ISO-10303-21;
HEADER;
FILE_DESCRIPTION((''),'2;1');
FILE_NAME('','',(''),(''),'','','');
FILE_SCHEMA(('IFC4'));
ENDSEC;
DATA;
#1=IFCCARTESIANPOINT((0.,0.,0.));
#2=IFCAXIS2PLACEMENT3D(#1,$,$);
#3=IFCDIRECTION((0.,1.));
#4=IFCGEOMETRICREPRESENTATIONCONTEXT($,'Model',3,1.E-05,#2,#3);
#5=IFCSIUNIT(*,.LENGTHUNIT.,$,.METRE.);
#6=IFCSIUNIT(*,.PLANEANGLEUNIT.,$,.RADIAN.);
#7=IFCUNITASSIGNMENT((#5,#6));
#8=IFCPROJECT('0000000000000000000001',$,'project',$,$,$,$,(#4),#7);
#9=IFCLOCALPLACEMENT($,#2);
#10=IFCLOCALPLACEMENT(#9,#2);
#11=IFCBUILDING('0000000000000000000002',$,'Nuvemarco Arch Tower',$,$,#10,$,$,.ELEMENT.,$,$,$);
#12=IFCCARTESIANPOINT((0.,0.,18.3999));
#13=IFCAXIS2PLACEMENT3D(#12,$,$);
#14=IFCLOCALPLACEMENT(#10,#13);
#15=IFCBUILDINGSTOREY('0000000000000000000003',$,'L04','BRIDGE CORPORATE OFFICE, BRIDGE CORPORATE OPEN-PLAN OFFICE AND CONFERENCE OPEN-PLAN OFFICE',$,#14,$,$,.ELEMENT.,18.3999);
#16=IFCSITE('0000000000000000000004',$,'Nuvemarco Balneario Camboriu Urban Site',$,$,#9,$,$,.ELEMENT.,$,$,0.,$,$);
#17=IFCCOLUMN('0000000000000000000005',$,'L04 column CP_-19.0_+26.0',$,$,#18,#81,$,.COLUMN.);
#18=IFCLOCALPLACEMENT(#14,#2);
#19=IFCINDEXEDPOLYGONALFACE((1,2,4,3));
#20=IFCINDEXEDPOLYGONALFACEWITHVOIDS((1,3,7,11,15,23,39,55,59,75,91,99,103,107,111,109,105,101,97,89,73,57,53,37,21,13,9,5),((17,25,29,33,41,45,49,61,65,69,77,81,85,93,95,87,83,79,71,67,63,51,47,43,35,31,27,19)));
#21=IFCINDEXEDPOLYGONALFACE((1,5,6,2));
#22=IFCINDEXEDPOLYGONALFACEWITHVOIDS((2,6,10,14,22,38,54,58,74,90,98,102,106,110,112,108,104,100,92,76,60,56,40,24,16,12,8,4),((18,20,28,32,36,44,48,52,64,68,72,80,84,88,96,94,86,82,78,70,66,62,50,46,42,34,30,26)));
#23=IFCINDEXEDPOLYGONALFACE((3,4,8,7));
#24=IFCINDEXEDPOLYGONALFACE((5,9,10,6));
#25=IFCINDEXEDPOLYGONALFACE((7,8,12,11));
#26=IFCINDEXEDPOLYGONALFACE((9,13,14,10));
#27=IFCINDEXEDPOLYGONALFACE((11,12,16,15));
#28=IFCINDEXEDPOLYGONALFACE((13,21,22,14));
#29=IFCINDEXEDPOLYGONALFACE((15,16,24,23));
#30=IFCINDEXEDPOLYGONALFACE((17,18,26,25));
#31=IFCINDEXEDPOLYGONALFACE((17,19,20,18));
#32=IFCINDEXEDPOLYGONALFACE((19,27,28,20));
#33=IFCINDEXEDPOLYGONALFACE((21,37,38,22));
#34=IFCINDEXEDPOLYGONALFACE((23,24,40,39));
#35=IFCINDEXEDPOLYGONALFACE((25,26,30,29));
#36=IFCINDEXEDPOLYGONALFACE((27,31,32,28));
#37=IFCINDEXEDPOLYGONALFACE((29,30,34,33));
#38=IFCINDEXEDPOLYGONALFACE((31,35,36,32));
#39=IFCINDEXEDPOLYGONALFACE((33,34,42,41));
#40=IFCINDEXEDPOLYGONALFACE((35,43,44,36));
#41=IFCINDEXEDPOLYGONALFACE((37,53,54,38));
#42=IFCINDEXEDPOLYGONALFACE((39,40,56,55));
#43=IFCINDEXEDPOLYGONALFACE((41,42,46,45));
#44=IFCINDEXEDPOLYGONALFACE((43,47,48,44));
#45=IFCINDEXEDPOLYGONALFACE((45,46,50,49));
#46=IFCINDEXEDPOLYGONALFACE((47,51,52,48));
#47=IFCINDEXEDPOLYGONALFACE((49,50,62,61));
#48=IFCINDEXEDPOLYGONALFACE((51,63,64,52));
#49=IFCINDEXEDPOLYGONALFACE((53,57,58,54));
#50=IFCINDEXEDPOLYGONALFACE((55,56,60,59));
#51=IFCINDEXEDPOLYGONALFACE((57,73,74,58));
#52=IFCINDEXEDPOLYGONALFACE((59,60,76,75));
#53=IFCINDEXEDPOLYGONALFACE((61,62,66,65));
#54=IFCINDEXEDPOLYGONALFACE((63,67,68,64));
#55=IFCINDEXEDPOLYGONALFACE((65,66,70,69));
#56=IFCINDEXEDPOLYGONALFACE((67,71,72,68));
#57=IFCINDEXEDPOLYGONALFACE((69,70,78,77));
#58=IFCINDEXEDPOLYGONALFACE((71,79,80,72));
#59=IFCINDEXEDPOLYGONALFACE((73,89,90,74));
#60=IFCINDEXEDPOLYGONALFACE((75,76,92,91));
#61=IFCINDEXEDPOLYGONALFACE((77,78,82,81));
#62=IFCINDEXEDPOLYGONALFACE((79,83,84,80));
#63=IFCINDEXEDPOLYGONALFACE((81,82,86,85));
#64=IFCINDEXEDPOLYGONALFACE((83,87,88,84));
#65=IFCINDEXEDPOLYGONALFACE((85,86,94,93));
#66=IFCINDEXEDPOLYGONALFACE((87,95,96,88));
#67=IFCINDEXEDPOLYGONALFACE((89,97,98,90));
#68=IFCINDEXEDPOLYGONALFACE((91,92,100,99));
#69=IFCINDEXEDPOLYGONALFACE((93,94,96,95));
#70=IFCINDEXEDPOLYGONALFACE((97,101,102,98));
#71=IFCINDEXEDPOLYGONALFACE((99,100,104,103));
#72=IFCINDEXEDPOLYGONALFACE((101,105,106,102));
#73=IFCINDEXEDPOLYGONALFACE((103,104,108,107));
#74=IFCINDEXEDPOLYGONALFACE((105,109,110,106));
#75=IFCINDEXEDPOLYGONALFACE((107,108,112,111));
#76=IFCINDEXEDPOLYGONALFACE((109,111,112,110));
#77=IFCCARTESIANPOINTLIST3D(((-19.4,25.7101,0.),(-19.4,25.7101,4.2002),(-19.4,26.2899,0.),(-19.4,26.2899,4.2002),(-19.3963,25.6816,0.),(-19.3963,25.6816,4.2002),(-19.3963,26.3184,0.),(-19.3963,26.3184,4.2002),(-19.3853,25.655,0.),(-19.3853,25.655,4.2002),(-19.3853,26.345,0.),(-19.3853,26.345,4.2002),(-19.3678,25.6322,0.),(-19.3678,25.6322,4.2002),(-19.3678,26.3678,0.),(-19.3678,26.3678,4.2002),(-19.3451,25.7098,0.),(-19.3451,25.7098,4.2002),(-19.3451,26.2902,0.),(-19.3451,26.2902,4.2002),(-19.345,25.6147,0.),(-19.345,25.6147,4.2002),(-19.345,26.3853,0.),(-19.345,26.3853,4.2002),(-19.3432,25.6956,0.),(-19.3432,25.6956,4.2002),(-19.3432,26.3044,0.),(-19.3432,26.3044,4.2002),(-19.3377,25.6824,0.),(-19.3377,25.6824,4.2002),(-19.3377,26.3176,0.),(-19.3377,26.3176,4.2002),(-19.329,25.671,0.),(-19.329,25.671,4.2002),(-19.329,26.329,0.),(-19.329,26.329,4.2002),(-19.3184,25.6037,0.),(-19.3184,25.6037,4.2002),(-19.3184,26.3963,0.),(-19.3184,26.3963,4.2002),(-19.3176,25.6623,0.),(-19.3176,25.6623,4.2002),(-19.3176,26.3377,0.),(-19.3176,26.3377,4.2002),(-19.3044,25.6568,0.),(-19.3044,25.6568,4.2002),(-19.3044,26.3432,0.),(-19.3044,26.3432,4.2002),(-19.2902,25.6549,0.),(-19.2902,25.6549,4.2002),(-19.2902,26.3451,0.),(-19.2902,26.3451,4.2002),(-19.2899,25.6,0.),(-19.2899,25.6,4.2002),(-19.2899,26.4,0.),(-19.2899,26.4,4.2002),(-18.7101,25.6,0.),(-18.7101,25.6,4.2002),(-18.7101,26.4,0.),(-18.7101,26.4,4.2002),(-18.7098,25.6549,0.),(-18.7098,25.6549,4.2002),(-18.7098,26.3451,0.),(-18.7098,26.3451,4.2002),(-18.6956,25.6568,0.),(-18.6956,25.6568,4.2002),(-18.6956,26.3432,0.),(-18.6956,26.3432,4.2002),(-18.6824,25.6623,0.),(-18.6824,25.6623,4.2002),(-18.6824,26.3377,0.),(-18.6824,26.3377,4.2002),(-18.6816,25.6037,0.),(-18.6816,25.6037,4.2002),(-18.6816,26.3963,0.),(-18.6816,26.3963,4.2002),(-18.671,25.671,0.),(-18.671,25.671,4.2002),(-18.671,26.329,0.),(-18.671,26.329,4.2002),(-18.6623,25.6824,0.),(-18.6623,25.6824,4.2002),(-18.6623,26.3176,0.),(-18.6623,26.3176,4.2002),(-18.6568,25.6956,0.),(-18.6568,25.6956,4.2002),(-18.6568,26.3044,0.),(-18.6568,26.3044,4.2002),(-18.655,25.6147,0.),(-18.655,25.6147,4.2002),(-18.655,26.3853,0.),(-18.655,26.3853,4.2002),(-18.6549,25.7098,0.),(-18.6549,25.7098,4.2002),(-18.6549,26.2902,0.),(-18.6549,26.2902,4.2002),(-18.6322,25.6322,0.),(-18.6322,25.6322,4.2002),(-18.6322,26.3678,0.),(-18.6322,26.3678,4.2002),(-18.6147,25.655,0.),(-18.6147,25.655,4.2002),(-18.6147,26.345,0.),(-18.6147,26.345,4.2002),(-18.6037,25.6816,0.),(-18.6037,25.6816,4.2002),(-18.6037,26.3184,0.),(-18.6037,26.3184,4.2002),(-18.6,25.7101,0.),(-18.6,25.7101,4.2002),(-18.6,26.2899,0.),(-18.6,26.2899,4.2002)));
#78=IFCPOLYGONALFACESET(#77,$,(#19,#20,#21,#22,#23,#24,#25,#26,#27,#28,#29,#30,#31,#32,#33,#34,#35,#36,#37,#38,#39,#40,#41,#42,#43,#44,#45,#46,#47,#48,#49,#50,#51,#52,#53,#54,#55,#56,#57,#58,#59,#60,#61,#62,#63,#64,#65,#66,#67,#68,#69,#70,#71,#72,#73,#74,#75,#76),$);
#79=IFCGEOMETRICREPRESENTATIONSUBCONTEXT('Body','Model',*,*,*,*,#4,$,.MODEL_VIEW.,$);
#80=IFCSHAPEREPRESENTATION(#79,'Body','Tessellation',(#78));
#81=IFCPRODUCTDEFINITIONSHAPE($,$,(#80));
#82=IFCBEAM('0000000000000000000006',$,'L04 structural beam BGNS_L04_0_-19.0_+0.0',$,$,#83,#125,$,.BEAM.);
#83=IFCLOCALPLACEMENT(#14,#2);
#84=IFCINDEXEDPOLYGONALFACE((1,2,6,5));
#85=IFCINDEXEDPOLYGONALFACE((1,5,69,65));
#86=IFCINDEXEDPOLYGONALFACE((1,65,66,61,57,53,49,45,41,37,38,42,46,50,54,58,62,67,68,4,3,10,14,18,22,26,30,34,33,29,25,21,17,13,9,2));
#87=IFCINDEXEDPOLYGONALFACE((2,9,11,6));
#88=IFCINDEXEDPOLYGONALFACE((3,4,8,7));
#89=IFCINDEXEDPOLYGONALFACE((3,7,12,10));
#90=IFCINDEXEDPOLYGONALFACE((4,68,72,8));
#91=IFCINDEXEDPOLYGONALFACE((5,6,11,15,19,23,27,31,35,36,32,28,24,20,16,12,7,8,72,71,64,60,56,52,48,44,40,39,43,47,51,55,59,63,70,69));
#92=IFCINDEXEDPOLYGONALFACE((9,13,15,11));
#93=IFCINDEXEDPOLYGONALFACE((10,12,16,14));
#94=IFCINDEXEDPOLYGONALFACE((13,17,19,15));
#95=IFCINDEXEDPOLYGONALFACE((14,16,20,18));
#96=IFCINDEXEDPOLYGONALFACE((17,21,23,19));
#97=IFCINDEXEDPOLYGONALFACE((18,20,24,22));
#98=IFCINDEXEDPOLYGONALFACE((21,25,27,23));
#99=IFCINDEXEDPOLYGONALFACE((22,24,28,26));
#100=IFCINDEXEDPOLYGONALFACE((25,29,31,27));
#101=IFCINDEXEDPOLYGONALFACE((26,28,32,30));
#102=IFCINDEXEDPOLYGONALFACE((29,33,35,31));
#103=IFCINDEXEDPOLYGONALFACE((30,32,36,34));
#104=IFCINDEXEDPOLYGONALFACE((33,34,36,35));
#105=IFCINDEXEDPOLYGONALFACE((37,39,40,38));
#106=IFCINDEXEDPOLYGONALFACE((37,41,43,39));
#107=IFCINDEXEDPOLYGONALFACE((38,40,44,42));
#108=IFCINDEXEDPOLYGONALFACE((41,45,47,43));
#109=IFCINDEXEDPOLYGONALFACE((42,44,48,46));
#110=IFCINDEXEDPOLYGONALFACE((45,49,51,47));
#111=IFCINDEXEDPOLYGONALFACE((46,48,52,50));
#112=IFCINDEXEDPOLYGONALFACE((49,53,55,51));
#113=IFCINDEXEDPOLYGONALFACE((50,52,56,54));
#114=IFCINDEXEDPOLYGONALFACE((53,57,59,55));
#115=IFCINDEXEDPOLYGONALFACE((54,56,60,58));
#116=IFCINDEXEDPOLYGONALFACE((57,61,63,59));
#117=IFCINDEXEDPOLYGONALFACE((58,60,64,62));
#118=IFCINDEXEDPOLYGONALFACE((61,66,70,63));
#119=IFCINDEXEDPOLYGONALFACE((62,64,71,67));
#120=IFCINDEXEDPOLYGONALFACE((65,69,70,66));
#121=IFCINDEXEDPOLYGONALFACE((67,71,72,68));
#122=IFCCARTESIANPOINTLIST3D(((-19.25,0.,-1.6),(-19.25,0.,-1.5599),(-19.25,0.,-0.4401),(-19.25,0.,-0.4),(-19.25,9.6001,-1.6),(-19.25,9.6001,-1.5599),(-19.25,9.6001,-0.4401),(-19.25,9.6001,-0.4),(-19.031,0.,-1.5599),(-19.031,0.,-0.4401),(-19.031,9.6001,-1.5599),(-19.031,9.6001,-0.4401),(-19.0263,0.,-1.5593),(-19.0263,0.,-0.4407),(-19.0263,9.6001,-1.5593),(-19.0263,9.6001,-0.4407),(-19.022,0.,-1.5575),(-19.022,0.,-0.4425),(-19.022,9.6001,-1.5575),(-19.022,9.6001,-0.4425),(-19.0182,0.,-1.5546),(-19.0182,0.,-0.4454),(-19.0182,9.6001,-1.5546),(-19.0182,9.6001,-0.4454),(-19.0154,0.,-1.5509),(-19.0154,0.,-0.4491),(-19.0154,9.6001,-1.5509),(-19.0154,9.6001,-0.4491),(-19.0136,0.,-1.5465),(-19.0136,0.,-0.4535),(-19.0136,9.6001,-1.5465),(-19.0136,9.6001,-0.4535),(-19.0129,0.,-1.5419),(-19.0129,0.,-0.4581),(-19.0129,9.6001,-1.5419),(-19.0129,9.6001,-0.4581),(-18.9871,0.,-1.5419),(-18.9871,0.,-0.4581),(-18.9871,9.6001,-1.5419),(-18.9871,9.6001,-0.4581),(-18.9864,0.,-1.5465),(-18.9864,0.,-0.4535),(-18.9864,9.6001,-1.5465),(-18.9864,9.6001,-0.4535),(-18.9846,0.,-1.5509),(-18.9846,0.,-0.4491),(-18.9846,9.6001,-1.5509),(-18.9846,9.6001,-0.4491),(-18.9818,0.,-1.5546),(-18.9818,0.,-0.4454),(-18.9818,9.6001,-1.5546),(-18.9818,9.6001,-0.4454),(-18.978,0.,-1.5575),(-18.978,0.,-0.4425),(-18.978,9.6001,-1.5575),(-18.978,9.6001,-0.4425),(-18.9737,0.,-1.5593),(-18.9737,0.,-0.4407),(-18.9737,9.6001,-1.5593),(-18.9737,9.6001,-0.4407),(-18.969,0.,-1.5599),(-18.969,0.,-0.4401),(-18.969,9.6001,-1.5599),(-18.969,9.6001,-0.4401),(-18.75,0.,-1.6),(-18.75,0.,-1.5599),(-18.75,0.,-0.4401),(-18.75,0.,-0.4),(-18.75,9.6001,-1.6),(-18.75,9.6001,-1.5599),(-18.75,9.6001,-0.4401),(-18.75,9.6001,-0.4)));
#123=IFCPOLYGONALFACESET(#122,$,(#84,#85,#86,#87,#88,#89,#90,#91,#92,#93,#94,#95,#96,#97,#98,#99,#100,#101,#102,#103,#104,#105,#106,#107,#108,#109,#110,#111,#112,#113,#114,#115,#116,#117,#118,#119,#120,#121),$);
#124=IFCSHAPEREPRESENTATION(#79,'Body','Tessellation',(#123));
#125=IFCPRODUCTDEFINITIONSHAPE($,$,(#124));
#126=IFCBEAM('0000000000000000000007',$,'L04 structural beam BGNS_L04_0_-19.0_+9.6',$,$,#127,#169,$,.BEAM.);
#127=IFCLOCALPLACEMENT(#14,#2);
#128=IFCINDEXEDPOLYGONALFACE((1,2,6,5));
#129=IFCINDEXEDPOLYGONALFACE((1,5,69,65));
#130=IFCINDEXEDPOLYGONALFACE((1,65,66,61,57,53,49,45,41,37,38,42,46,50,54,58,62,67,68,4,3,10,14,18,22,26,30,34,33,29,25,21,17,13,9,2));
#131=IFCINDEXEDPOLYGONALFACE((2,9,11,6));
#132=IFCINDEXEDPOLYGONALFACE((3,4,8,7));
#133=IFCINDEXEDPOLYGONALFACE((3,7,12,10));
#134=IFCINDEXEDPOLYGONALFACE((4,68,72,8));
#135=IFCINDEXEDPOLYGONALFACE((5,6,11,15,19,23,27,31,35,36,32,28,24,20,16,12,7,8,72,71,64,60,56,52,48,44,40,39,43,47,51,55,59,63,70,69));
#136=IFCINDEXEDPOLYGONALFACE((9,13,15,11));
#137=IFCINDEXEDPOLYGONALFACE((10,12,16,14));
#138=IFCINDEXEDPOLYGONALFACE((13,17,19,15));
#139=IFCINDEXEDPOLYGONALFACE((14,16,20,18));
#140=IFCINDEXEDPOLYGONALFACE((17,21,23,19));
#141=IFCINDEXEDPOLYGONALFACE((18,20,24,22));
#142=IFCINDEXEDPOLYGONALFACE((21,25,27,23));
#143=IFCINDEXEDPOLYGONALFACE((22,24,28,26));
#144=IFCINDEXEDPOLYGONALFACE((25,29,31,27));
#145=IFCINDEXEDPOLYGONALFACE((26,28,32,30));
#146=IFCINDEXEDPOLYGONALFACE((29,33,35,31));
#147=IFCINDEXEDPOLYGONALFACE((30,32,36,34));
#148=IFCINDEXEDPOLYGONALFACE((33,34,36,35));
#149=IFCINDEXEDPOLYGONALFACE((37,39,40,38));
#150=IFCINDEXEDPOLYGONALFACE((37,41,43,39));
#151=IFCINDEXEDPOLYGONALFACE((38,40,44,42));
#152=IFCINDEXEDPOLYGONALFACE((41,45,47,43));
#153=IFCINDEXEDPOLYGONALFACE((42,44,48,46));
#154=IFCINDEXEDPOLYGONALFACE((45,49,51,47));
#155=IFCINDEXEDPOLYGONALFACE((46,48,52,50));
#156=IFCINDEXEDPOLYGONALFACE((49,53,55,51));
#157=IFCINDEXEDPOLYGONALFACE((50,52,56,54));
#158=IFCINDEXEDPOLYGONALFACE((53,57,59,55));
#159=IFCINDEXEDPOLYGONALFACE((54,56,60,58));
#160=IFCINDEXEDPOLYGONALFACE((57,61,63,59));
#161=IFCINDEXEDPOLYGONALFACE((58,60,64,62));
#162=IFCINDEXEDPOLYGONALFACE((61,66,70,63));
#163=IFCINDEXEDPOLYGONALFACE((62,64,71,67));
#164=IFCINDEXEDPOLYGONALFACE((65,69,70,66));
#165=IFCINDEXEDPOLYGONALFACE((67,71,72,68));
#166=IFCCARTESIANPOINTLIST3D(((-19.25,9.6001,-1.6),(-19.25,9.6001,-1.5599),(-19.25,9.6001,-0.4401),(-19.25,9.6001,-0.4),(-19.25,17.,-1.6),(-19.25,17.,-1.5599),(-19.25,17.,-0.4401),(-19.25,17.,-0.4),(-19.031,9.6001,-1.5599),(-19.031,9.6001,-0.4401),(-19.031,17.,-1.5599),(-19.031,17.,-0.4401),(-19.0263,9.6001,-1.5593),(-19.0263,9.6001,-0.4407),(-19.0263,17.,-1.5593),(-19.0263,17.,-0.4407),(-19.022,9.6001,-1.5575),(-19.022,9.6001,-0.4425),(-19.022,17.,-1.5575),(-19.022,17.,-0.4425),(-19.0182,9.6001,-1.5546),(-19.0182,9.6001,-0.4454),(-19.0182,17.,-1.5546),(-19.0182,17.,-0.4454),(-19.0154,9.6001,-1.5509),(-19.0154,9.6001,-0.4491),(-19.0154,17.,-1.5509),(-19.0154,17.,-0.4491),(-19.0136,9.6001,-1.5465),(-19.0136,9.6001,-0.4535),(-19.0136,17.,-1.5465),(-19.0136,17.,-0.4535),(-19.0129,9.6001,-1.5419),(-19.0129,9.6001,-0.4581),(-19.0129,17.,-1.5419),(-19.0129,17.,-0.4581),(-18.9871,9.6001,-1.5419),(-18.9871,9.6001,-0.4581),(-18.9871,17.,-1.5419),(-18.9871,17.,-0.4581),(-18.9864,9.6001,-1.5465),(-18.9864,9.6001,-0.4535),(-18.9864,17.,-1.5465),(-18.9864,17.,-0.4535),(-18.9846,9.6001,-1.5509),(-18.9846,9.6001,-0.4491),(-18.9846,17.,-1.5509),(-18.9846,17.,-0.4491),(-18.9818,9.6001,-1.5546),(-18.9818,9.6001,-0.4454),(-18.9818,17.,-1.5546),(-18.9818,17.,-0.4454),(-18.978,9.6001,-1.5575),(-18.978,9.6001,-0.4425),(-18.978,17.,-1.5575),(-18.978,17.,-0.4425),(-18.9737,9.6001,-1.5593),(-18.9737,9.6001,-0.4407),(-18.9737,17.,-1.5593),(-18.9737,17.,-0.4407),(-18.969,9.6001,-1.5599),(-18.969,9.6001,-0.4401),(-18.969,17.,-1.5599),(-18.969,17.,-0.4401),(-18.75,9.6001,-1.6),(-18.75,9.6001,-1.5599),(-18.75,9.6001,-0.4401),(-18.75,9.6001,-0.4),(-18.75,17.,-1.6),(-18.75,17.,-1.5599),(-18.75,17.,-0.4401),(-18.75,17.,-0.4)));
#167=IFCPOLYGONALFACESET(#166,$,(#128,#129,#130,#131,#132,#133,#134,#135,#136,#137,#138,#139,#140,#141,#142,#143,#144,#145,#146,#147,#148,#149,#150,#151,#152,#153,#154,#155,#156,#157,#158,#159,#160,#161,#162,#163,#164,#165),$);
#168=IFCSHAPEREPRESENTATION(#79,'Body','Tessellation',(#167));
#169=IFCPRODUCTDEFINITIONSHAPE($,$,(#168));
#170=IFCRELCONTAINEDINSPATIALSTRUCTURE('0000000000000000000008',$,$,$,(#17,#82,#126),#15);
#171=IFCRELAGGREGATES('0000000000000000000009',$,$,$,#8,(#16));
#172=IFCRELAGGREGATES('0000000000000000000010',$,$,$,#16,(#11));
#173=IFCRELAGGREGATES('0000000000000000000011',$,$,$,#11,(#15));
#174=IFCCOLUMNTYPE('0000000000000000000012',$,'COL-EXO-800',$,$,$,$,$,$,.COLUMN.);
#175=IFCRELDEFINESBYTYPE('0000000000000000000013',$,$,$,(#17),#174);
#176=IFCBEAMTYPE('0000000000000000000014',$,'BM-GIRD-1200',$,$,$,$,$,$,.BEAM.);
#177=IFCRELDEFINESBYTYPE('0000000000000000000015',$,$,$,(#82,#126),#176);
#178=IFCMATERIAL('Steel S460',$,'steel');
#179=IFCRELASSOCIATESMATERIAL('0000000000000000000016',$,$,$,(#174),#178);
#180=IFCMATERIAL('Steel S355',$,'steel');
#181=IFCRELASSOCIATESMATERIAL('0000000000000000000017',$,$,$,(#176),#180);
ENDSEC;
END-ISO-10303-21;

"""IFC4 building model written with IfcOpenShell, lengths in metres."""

from ifc_helpers import new_model, si_unit, direction, frame, origin, origin_2d, place, context, subcontext, project, spatial, hollow_rectangle, i_section, extrude, material, material_profile, profile_set, type_object, element, save


model = new_model("IFC4")

# Units and contexts
model_context = context("Model", 3, precision=1e-05, world=origin(), true_north=direction((0.0, 1.0)))
body_context = subcontext(model_context, "Body", "Model", "MODEL_VIEW")
ifc_project = project(units=[si_unit("LENGTHUNIT", "METRE"), si_unit("PLANEANGLEUNIT", "RADIAN")], contexts=[model_context])

# Site, building, storey
site_placement = place(None, origin())
site = spatial("IfcSite", under=ifc_project, at=site_placement, Name="Nuvemarco Balneario Camboriu Urban Site", CompositionType="ELEMENT", RefElevation=0.0)
building_placement = place(site_placement, origin())
building = spatial("IfcBuilding", under=site, at=building_placement, Name="Nuvemarco Arch Tower", CompositionType="ELEMENT")
storey_placement = place(building_placement, frame((0.0, 0.0, 18.3999)))
storey = spatial("IfcBuildingStorey", under=building, at=storey_placement, Name="L04", Description="BRIDGE CORPORATE OFFICE, BRIDGE CORPORATE OPEN-PLAN OFFICE AND CONFERENCE OPEN-PLAN OFFICE", CompositionType="ELEMENT", Elevation=18.3999)

# Column
ifc_material_1 = material(Name="Steel S460", Category="steel")
ifc_material_profile_1 = material_profile(ifc_material_1, hollow_rectangle(XDim=0.8, YDim=0.8, WallThickness=0.0549, InnerFilletRadius=0.0549, OuterFilletRadius=0.1101, at=origin_2d()), Name="SHS800x800x55")
ifc_profile_set_1 = profile_set([ifc_material_profile_1], Name="Steel S460")
column_type_1 = type_object("IfcColumnType", Name="COL-EXO-800", PredefinedType="COLUMN", material=ifc_profile_set_1)
column_1_placement = place(storey_placement, frame((-19.0, 26.0, 0.0), z_axis=(0.0, 0.0, 1.0), x_axis=(1.0, 0.0, 0.0)))
element("IfcColumn", 1, at=column_1_placement, inside=storey, type_object=column_type_1, Name="L04 column CP_-19.0_+26.0", PredefinedType="COLUMN", context=body_context, shape_type="SweptSolid", body=[
    extrude(hollow_rectangle(XDim=0.8, YDim=0.8, WallThickness=0.0549, InnerFilletRadius=0.0549, OuterFilletRadius=0.1101, at=origin_2d()), origin(), (0.0, 0.0, 1.0), 4.2002),
])

# Beams
ifc_material_2 = material(Name="Steel S355", Category="steel")
ifc_material_profile_2 = material_profile(ifc_material_2, i_section(OverallWidth=0.5, OverallDepth=1.2, WebThickness=0.0259, FlangeThickness=0.04, FilletRadius=0.0181, at=origin_2d()), Name="PG1200x500")
ifc_profile_set_2 = profile_set([ifc_material_profile_2], Name="Steel S355")
beam_type_1 = type_object("IfcBeamType", Name="BM-GIRD-1200", PredefinedType="BEAM", material=ifc_profile_set_2)
beam_1_placement = place(storey_placement, frame((-19.0, 0.0, -1.0), z_axis=(0.0, 1.0, 0.0), x_axis=(-1.0, 0.0, 0.0)))
element("IfcBeam", 2, at=beam_1_placement, inside=storey, type_object=beam_type_1, Name="L04 structural beam BGNS_L04_0_-19.0_+0.0", PredefinedType="BEAM", context=body_context, shape_type="SweptSolid", body=[
    extrude(i_section(OverallWidth=0.5, OverallDepth=1.2, WebThickness=0.0259, FlangeThickness=0.04, FilletRadius=0.0181, at=origin_2d()), origin(), (0.0, 0.0, 1.0), 9.6001),
])
beam_2_placement = place(storey_placement, frame((-19.0, 9.6001, -1.0), z_axis=(0.0, 1.0, 0.0), x_axis=(-1.0, 0.0, 0.0)))
element("IfcBeam", 3, at=beam_2_placement, inside=storey, type_object=beam_type_1, Name="L04 structural beam BGNS_L04_0_-19.0_+9.6", PredefinedType="BEAM", context=body_context, shape_type="SweptSolid", body=[
    extrude(i_section(OverallWidth=0.5, OverallDepth=1.2, WebThickness=0.0259, FlangeThickness=0.04, FilletRadius=0.0181, at=origin_2d()), origin(), (0.0, 0.0, 1.0), 7.3999),
])

save(model, "model.ifc")
